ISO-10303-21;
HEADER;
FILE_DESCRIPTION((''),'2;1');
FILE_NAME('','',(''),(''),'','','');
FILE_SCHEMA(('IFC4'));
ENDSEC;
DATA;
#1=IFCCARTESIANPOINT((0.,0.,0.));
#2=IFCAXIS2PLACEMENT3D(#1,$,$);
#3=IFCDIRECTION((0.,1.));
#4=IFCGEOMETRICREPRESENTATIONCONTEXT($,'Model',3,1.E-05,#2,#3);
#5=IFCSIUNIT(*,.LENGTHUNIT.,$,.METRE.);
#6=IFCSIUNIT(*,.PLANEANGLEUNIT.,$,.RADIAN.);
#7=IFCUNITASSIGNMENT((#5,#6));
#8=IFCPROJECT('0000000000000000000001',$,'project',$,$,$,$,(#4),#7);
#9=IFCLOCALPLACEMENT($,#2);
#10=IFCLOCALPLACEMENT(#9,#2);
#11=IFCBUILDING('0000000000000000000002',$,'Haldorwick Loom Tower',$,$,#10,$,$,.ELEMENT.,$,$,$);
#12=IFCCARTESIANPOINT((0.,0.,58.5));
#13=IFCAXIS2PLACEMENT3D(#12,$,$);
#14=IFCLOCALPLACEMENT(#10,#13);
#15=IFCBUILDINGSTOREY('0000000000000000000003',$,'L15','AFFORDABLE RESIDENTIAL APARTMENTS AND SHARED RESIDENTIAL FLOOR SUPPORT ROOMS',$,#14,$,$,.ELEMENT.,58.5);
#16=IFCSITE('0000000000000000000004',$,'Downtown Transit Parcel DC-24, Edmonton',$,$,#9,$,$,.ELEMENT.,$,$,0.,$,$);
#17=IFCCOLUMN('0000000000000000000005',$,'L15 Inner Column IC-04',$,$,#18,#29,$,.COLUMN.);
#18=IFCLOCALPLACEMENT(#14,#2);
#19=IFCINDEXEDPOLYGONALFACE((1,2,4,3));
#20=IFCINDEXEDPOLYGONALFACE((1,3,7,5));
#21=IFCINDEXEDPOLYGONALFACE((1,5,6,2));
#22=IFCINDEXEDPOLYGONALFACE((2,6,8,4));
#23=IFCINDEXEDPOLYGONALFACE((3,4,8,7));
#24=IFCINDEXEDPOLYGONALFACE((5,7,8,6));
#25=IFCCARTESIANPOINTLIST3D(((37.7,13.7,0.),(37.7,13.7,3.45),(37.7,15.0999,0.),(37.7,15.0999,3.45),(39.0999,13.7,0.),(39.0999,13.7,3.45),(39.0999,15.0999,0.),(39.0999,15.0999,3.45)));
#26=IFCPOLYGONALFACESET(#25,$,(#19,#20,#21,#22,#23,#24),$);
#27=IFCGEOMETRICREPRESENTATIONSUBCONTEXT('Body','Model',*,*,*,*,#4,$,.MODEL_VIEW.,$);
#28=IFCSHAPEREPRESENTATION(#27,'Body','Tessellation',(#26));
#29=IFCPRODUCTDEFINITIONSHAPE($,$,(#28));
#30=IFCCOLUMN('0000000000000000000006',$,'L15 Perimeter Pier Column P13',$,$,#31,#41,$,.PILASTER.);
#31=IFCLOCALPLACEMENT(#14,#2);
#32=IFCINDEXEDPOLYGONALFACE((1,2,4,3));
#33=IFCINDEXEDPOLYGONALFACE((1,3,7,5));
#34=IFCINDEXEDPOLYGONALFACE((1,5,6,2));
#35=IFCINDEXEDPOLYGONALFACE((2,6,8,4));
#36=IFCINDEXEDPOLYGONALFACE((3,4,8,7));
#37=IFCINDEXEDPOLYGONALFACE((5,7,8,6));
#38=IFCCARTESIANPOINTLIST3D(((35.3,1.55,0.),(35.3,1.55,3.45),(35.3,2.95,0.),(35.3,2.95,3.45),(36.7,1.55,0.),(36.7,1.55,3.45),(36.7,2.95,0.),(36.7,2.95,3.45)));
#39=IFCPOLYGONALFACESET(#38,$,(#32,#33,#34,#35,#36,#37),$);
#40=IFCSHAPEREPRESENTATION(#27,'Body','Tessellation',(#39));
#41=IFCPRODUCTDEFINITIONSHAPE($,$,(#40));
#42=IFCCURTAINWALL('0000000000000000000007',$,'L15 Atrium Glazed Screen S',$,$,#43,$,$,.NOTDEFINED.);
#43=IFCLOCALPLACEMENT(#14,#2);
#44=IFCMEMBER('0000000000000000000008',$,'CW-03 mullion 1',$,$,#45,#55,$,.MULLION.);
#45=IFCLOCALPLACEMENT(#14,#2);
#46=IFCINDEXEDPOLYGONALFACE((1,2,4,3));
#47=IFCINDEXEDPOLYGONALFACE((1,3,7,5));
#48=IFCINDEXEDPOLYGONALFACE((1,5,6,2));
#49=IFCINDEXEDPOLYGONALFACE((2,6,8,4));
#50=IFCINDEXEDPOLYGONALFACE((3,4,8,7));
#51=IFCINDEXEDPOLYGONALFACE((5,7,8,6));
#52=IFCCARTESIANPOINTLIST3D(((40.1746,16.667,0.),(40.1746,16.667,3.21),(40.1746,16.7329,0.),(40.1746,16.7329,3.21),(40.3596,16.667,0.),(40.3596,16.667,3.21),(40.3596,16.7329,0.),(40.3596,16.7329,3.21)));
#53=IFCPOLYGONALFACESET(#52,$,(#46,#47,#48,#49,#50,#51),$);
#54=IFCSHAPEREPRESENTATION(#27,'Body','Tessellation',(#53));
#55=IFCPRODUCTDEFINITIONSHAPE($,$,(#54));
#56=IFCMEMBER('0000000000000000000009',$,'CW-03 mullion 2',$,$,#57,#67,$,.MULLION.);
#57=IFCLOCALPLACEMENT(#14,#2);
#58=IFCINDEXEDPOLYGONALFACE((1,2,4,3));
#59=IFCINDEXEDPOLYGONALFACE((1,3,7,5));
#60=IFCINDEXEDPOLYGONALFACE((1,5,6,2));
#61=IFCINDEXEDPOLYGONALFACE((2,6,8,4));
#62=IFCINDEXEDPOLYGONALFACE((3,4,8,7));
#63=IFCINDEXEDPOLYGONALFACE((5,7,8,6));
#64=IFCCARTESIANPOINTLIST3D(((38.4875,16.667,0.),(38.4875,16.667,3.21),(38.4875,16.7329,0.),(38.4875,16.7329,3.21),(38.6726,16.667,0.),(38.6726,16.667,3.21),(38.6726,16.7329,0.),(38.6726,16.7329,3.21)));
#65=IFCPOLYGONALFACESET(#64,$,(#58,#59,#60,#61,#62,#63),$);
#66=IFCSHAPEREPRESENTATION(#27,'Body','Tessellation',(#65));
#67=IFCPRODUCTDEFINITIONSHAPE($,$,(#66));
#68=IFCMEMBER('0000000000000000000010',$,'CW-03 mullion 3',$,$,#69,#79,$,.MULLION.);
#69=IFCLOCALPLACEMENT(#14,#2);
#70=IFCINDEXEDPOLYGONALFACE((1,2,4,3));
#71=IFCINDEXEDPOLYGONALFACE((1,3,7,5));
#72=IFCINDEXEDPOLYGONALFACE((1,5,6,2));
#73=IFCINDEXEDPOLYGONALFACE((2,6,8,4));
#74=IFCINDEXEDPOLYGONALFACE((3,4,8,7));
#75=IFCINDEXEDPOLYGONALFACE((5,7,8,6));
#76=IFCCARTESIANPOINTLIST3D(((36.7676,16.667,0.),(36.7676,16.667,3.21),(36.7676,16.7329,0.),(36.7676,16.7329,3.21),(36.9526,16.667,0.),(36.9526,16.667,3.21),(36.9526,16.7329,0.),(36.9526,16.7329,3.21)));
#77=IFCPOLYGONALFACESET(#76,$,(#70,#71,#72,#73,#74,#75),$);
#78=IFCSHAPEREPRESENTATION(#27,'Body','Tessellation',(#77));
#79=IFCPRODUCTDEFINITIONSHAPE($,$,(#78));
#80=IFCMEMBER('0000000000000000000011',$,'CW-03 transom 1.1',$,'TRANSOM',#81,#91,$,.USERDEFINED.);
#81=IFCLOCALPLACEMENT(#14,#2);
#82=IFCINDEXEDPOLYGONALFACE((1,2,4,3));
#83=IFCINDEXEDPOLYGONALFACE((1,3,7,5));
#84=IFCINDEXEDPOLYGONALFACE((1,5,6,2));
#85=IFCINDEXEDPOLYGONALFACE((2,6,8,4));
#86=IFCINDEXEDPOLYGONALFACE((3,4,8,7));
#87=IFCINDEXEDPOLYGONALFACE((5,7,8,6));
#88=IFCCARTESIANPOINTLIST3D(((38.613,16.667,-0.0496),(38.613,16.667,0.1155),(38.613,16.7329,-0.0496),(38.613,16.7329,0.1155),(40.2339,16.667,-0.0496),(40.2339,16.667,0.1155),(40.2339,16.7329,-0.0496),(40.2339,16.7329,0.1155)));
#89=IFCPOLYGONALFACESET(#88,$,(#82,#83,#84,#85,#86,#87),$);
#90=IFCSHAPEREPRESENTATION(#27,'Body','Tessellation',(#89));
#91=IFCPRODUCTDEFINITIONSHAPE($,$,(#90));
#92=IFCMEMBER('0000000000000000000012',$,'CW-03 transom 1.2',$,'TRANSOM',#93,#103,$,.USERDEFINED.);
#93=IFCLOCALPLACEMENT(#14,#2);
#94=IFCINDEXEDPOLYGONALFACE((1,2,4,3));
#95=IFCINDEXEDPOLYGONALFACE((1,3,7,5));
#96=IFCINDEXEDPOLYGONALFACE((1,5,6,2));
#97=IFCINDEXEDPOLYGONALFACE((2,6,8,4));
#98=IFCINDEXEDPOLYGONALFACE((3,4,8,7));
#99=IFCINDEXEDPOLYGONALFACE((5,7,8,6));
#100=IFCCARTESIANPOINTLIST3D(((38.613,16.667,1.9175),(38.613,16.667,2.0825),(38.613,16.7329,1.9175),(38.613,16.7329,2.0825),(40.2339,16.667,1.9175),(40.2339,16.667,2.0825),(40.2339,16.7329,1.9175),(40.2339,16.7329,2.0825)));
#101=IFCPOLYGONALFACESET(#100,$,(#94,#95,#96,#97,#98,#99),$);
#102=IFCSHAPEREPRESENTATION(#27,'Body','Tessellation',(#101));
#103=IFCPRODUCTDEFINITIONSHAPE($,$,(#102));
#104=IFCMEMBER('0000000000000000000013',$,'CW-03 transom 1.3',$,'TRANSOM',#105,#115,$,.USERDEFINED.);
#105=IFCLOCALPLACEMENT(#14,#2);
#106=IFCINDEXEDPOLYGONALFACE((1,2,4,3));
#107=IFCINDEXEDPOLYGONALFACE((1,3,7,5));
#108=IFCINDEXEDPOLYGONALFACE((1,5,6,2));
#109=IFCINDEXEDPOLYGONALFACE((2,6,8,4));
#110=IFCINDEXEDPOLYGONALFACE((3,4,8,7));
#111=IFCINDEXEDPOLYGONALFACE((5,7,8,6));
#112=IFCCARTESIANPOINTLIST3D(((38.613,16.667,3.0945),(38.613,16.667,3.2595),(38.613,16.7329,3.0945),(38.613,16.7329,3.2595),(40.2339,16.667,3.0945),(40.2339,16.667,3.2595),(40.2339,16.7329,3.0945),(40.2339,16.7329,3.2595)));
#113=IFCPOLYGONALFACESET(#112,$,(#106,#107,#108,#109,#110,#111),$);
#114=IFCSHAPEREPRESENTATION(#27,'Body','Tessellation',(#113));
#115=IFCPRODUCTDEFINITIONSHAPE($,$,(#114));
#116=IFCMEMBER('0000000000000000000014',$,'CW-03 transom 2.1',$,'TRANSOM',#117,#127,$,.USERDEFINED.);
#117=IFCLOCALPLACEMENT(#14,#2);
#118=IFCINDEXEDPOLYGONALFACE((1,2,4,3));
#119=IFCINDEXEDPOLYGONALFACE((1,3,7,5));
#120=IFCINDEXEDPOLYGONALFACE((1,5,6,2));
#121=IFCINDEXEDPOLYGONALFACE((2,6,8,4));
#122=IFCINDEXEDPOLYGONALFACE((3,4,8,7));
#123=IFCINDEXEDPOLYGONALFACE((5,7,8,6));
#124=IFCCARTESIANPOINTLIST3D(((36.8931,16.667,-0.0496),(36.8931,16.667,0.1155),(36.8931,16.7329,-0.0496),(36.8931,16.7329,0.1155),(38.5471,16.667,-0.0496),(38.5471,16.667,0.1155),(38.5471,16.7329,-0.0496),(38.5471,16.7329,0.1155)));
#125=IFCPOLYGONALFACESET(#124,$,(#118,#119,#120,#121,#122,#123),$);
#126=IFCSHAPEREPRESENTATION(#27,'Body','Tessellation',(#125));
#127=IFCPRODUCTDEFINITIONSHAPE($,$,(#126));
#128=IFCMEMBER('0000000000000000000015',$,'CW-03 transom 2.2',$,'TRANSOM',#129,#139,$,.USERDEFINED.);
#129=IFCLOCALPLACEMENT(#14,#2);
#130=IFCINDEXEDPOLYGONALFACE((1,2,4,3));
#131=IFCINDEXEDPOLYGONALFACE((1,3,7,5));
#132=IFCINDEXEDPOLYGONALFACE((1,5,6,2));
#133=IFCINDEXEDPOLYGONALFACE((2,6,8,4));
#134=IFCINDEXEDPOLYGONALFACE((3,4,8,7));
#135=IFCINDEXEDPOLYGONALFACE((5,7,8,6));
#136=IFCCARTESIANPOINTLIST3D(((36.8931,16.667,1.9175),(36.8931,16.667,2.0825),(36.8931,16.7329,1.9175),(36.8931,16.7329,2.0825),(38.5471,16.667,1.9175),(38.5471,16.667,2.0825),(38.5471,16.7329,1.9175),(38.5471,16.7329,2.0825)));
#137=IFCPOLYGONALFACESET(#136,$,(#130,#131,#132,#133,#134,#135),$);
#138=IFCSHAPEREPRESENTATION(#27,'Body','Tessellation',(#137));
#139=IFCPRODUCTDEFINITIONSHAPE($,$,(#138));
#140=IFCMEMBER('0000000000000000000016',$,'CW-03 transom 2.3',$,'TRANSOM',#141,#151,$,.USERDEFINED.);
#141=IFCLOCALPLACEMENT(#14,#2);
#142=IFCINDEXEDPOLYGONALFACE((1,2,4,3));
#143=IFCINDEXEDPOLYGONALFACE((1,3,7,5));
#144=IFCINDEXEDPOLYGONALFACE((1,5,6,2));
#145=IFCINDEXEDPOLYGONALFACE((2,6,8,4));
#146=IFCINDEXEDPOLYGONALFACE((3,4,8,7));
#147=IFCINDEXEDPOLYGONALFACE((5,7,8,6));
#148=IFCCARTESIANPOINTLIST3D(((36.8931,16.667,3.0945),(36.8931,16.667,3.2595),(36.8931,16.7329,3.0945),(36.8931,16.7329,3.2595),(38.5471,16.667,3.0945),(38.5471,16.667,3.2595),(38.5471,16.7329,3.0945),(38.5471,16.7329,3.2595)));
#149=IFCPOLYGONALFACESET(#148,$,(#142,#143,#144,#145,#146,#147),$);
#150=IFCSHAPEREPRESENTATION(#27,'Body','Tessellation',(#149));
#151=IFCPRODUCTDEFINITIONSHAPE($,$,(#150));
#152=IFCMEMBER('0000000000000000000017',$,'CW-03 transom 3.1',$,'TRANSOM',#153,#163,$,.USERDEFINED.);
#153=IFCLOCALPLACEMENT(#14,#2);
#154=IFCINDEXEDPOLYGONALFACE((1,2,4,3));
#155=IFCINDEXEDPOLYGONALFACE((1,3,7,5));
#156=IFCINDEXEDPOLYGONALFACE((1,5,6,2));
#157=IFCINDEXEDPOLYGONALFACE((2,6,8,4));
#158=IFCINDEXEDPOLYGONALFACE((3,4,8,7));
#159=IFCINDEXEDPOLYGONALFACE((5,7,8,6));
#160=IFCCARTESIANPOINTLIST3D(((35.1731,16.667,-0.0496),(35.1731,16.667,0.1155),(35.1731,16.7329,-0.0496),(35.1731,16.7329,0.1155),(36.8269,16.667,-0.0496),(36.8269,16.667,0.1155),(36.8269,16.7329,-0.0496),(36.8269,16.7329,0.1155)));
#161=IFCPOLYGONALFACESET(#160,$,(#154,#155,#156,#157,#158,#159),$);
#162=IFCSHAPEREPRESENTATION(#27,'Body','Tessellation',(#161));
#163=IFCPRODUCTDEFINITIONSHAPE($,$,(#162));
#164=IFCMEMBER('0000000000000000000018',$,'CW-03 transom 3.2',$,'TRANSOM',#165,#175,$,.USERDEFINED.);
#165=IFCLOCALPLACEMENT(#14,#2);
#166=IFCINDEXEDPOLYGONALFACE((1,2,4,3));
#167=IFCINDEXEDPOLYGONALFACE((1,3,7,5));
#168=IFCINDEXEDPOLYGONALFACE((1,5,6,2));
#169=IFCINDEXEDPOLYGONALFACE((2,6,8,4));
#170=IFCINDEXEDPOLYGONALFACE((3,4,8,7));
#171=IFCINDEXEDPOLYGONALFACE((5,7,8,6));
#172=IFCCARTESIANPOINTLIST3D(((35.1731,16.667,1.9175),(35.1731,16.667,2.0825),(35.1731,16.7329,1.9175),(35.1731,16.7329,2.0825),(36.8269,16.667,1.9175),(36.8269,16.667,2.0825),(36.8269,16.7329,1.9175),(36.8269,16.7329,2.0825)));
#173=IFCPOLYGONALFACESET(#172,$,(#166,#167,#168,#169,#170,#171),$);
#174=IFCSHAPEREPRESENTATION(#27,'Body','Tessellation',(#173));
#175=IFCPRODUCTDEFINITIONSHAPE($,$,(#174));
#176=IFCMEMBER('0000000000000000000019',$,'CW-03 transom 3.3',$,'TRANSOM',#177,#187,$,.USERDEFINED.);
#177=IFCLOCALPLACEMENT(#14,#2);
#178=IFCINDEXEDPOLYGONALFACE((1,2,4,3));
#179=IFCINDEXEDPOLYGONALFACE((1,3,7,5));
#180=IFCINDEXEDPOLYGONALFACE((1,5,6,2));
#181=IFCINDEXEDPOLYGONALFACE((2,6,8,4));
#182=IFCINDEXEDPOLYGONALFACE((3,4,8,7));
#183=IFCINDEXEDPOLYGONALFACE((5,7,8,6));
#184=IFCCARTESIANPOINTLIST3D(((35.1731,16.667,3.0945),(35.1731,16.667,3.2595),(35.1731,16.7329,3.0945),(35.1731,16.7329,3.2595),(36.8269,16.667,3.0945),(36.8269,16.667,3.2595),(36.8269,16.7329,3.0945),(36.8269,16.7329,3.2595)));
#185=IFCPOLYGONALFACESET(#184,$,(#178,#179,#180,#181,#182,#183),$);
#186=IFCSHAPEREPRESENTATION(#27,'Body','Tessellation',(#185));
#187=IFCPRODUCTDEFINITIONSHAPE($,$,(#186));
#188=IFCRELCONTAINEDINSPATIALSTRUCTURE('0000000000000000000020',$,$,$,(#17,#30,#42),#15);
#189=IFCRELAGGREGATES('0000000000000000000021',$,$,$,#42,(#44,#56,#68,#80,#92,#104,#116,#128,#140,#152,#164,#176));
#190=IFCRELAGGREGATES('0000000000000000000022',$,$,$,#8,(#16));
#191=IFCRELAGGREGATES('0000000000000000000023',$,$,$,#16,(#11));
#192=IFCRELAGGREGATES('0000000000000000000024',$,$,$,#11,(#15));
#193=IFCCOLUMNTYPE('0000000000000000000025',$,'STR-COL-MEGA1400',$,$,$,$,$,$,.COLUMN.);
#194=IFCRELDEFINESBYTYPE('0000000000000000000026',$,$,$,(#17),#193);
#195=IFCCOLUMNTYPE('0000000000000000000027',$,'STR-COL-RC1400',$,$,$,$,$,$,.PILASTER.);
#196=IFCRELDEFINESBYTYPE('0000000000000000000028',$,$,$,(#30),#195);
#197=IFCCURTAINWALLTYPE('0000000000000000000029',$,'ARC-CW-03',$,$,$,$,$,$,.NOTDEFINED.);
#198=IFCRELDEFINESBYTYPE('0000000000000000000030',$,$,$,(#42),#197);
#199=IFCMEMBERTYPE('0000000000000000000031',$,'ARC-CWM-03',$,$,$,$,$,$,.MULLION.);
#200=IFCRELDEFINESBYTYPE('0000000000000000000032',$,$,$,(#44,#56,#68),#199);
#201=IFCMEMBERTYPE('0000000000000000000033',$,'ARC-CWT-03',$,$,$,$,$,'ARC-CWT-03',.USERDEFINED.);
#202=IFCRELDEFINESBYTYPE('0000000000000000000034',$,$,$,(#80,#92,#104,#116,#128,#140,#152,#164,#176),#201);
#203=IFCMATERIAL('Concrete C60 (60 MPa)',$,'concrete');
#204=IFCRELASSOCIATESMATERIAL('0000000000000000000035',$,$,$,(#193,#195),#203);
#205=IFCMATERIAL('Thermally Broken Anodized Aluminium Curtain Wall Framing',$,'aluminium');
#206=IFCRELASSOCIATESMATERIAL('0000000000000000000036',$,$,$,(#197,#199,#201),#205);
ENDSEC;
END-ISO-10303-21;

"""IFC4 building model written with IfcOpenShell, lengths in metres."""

from ifc_helpers import new_model, si_unit, direction, frame, origin, origin_2d, place, context, subcontext, project, spatial, rectangle, extrude, material, material_profile, profile_set, type_object, element, aggregate, save


model = new_model("IFC4")

# Units and contexts
model_context = context("Model", 3, precision=1e-05, world=origin(), true_north=direction((0.0, 1.0)))
body_context = subcontext(model_context, "Body", "Model", "MODEL_VIEW")
ifc_project = project(units=[si_unit("LENGTHUNIT", "METRE"), si_unit("PLANEANGLEUNIT", "RADIAN")], contexts=[model_context])

# Site, building, storey
site_placement = place(None, origin())
site = spatial("IfcSite", under=ifc_project, at=site_placement, Name="Downtown Transit Parcel DC-24, Edmonton", CompositionType="ELEMENT", RefElevation=0.0)
building_placement = place(site_placement, origin())
building = spatial("IfcBuilding", under=site, at=building_placement, Name="Haldorwick Loom Tower", CompositionType="ELEMENT")
storey_placement = place(building_placement, frame((0.0, 0.0, 58.5)))
storey = spatial("IfcBuildingStorey", under=building, at=storey_placement, Name="L15", Description="AFFORDABLE RESIDENTIAL APARTMENTS AND SHARED RESIDENTIAL FLOOR SUPPORT ROOMS", CompositionType="ELEMENT", Elevation=58.5)

# Columns
ifc_material_1 = material(Name="Concrete C60 (60 MPa)", Category="concrete")
ifc_material_profile_1 = material_profile(ifc_material_1, rectangle(XDim=1.3999, YDim=1.3999, at=origin_2d()), Name="RC1400X1400", Category="concrete")
ifc_profile_set_1 = profile_set([ifc_material_profile_1], Name="Concrete C60 (60 MPa)")
column_type_1 = type_object("IfcColumnType", Name="STR-COL-MEGA1400", PredefinedType="COLUMN", material=ifc_profile_set_1)
column_1_placement = place(storey_placement, frame((38.3999, 14.3999, 0.0), z_axis=(0.0, 0.0, 1.0), x_axis=(1.0, 0.0, 0.0)))
element("IfcColumn", 1, at=column_1_placement, inside=storey, type_object=column_type_1, Name="L15 Inner Column IC-04", PredefinedType="COLUMN", context=body_context, shape_type="SweptSolid", body=[
    extrude(rectangle(XDim=1.3999, YDim=1.3999, at=origin_2d()), origin(), (0.0, 0.0, 1.0), 3.45),
])
ifc_material_profile_2 = material_profile(ifc_material_1, rectangle(XDim=1.3999, YDim=1.3999, at=origin_2d()), Name="RC1400X1400", Category="concrete")
ifc_profile_set_2 = profile_set([ifc_material_profile_2], Name="Concrete C60 (60 MPa)")
column_type_2 = type_object("IfcColumnType", Name="STR-COL-RC1400", PredefinedType="PILASTER", material=ifc_profile_set_2)
column_2_placement = place(storey_placement, frame((36.0, 2.25, 0.0), z_axis=(0.0, 0.0, 1.0), x_axis=(0.0, -1.0, 0.0)))
element("IfcColumn", 2, at=column_2_placement, inside=storey, type_object=column_type_2, Name="L15 Perimeter Pier Column P13", PredefinedType="PILASTER", context=body_context, shape_type="SweptSolid", body=[
    extrude(rectangle(XDim=1.3999, YDim=1.3999, at=origin_2d()), origin(), (0.0, 0.0, 1.0), 3.45),
])

# Curtain wall, members
ifc_material_2 = material(Name="Thermally Broken Anodized Aluminium Curtain Wall Framing", Category="aluminium")
curtain_wall_type = type_object("IfcCurtainWallType", Name="ARC-CW-03", PredefinedType="NOTDEFINED", material=ifc_material_2)
curtain_wall_placement = place(storey_placement, origin())
curtain_wall = element("IfcCurtainWall", 3, at=curtain_wall_placement, inside=storey, type_object=curtain_wall_type, Name="L15 Atrium Glazed Screen S", PredefinedType="NOTDEFINED")
ifc_material_profile_3 = material_profile(ifc_material_2, rectangle(XDim=0.0659, YDim=0.1851, at=origin_2d()), Name="ALU_MUL_66X185", Category="aluminium")
ifc_profile_set_3 = profile_set([ifc_material_profile_3], Name="Thermally Broken Anodized Aluminium Curtain Wall Framing")
member_type_1 = type_object("IfcMemberType", Name="ARC-CWM-03", PredefinedType="MULLION", material=ifc_profile_set_3)
member_1_placement = place(storey_placement, frame((40.2671, 16.7, 0.0), z_axis=(0.0, 0.0, 1.0), x_axis=(0.0, -1.0, 0.0)))
member_1 = element("IfcMember", 4, at=member_1_placement, type_object=member_type_1, Name="CW-03 mullion 1", PredefinedType="MULLION", context=body_context, shape_type="SweptSolid", body=[
    extrude(rectangle(XDim=0.0659, YDim=0.1851, at=origin_2d()), origin(), (0.0, 0.0, 1.0), 3.21),
])
member_2_placement = place(storey_placement, frame((38.5801, 16.7, 0.0), z_axis=(0.0, 0.0, 1.0), x_axis=(0.0, -1.0, 0.0)))
member_2 = element("IfcMember", 5, at=member_2_placement, type_object=member_type_1, Name="CW-03 mullion 2", PredefinedType="MULLION", context=body_context, shape_type="SweptSolid", body=[
    extrude(rectangle(XDim=0.0659, YDim=0.1851, at=origin_2d()), origin(), (0.0, 0.0, 1.0), 3.21),
])
member_3_placement = place(storey_placement, frame((36.8601, 16.7, 0.0), z_axis=(0.0, 0.0, 1.0), x_axis=(0.0, -1.0, 0.0)))
member_3 = element("IfcMember", 6, at=member_3_placement, type_object=member_type_1, Name="CW-03 mullion 3", PredefinedType="MULLION", context=body_context, shape_type="SweptSolid", body=[
    extrude(rectangle(XDim=0.0659, YDim=0.1851, at=origin_2d()), origin(), (0.0, 0.0, 1.0), 3.21),
])
ifc_material_profile_4 = material_profile(ifc_material_2, rectangle(XDim=0.0659, YDim=0.165, at=origin_2d()), Name="ALU_TRN_66X165", Category="aluminium")
ifc_profile_set_4 = profile_set([ifc_material_profile_4], Name="Thermally Broken Anodized Aluminium Curtain Wall Framing")
member_type_2 = type_object("IfcMemberType", Name="ARC-CWT-03", ElementType="ARC-CWT-03", PredefinedType="USERDEFINED", material=ifc_profile_set_4)
member_4_placement = place(storey_placement, frame((40.2339, 16.7, 0.033), z_axis=(-1.0, 0.0, 0.0), x_axis=(0.0, -1.0, 0.0)))
member_4 = element("IfcMember", 7, at=member_4_placement, type_object=member_type_2, Name="CW-03 transom 1.1", ObjectType="TRANSOM", PredefinedType="USERDEFINED", context=body_context, shape_type="SweptSolid", body=[
    extrude(rectangle(XDim=0.0659, YDim=0.165, at=origin_2d()), origin(), (0.0, 0.0, 1.0), 1.6208),
])
member_5_placement = place(storey_placement, frame((40.2339, 16.7, 2.0), z_axis=(-1.0, 0.0, 0.0), x_axis=(0.0, -1.0, 0.0)))
member_5 = element("IfcMember", 8, at=member_5_placement, type_object=member_type_2, Name="CW-03 transom 1.2", ObjectType="TRANSOM", PredefinedType="USERDEFINED", context=body_context, shape_type="SweptSolid", body=[
    extrude(rectangle(XDim=0.0659, YDim=0.165, at=origin_2d()), origin(), (0.0, 0.0, 1.0), 1.6208),
])
member_6_placement = place(storey_placement, frame((40.2339, 16.7, 3.177), z_axis=(-1.0, 0.0, 0.0), x_axis=(0.0, -1.0, 0.0)))
member_6 = element("IfcMember", 9, at=member_6_placement, type_object=member_type_2, Name="CW-03 transom 1.3", ObjectType="TRANSOM", PredefinedType="USERDEFINED", context=body_context, shape_type="SweptSolid", body=[
    extrude(rectangle(XDim=0.0659, YDim=0.165, at=origin_2d()), origin(), (0.0, 0.0, 1.0), 1.6208),
])
member_7_placement = place(storey_placement, frame((38.5471, 16.7, 0.033), z_axis=(-1.0, 0.0, 0.0), x_axis=(0.0, -1.0, 0.0)))
member_7 = element("IfcMember", 10, at=member_7_placement, type_object=member_type_2, Name="CW-03 transom 2.1", ObjectType="TRANSOM", PredefinedType="USERDEFINED", context=body_context, shape_type="SweptSolid", body=[
    extrude(rectangle(XDim=0.0659, YDim=0.165, at=origin_2d()), origin(), (0.0, 0.0, 1.0), 1.6541),
])
member_8_placement = place(storey_placement, frame((38.5471, 16.7, 2.0), z_axis=(-1.0, 0.0, 0.0), x_axis=(0.0, -1.0, 0.0)))
member_8 = element("IfcMember", 11, at=member_8_placement, type_object=member_type_2, Name="CW-03 transom 2.2", ObjectType="TRANSOM", PredefinedType="USERDEFINED", context=body_context, shape_type="SweptSolid", body=[
    extrude(rectangle(XDim=0.0659, YDim=0.165, at=origin_2d()), origin(), (0.0, 0.0, 1.0), 1.6541),
])
member_9_placement = place(storey_placement, frame((38.5471, 16.7, 3.177), z_axis=(-1.0, 0.0, 0.0), x_axis=(0.0, -1.0, 0.0)))
member_9 = element("IfcMember", 12, at=member_9_placement, type_object=member_type_2, Name="CW-03 transom 2.3", ObjectType="TRANSOM", PredefinedType="USERDEFINED", context=body_context, shape_type="SweptSolid", body=[
    extrude(rectangle(XDim=0.0659, YDim=0.165, at=origin_2d()), origin(), (0.0, 0.0, 1.0), 1.6541),
])
member_10_placement = place(storey_placement, frame((36.8269, 16.7, 0.033), z_axis=(-1.0, 0.0, 0.0), x_axis=(0.0, -1.0, 0.0)))
member_10 = element("IfcMember", 13, at=member_10_placement, type_object=member_type_2, Name="CW-03 transom 3.1", ObjectType="TRANSOM", PredefinedType="USERDEFINED", context=body_context, shape_type="SweptSolid", body=[
    extrude(rectangle(XDim=0.0659, YDim=0.165, at=origin_2d()), origin(), (0.0, 0.0, 1.0), 1.6538),
])
member_11_placement = place(storey_placement, frame((36.8269, 16.7, 2.0), z_axis=(-1.0, 0.0, 0.0), x_axis=(0.0, -1.0, 0.0)))
member_11 = element("IfcMember", 14, at=member_11_placement, type_object=member_type_2, Name="CW-03 transom 3.2", ObjectType="TRANSOM", PredefinedType="USERDEFINED", context=body_context, shape_type="SweptSolid", body=[
    extrude(rectangle(XDim=0.0659, YDim=0.165, at=origin_2d()), origin(), (0.0, 0.0, 1.0), 1.6538),
])
member_12_placement = place(storey_placement, frame((36.8269, 16.7, 3.177), z_axis=(-1.0, 0.0, 0.0), x_axis=(0.0, -1.0, 0.0)))
member_12 = element("IfcMember", 15, at=member_12_placement, type_object=member_type_2, Name="CW-03 transom 3.3", ObjectType="TRANSOM", PredefinedType="USERDEFINED", context=body_context, shape_type="SweptSolid", body=[
    extrude(rectangle(XDim=0.0659, YDim=0.165, at=origin_2d()), origin(), (0.0, 0.0, 1.0), 1.6538),
])

aggregate(curtain_wall, [member_1, member_2, member_3, member_4, member_5, member_6, member_7, member_8, member_9, member_10, member_11, member_12])

save(model, "model.ifc")
